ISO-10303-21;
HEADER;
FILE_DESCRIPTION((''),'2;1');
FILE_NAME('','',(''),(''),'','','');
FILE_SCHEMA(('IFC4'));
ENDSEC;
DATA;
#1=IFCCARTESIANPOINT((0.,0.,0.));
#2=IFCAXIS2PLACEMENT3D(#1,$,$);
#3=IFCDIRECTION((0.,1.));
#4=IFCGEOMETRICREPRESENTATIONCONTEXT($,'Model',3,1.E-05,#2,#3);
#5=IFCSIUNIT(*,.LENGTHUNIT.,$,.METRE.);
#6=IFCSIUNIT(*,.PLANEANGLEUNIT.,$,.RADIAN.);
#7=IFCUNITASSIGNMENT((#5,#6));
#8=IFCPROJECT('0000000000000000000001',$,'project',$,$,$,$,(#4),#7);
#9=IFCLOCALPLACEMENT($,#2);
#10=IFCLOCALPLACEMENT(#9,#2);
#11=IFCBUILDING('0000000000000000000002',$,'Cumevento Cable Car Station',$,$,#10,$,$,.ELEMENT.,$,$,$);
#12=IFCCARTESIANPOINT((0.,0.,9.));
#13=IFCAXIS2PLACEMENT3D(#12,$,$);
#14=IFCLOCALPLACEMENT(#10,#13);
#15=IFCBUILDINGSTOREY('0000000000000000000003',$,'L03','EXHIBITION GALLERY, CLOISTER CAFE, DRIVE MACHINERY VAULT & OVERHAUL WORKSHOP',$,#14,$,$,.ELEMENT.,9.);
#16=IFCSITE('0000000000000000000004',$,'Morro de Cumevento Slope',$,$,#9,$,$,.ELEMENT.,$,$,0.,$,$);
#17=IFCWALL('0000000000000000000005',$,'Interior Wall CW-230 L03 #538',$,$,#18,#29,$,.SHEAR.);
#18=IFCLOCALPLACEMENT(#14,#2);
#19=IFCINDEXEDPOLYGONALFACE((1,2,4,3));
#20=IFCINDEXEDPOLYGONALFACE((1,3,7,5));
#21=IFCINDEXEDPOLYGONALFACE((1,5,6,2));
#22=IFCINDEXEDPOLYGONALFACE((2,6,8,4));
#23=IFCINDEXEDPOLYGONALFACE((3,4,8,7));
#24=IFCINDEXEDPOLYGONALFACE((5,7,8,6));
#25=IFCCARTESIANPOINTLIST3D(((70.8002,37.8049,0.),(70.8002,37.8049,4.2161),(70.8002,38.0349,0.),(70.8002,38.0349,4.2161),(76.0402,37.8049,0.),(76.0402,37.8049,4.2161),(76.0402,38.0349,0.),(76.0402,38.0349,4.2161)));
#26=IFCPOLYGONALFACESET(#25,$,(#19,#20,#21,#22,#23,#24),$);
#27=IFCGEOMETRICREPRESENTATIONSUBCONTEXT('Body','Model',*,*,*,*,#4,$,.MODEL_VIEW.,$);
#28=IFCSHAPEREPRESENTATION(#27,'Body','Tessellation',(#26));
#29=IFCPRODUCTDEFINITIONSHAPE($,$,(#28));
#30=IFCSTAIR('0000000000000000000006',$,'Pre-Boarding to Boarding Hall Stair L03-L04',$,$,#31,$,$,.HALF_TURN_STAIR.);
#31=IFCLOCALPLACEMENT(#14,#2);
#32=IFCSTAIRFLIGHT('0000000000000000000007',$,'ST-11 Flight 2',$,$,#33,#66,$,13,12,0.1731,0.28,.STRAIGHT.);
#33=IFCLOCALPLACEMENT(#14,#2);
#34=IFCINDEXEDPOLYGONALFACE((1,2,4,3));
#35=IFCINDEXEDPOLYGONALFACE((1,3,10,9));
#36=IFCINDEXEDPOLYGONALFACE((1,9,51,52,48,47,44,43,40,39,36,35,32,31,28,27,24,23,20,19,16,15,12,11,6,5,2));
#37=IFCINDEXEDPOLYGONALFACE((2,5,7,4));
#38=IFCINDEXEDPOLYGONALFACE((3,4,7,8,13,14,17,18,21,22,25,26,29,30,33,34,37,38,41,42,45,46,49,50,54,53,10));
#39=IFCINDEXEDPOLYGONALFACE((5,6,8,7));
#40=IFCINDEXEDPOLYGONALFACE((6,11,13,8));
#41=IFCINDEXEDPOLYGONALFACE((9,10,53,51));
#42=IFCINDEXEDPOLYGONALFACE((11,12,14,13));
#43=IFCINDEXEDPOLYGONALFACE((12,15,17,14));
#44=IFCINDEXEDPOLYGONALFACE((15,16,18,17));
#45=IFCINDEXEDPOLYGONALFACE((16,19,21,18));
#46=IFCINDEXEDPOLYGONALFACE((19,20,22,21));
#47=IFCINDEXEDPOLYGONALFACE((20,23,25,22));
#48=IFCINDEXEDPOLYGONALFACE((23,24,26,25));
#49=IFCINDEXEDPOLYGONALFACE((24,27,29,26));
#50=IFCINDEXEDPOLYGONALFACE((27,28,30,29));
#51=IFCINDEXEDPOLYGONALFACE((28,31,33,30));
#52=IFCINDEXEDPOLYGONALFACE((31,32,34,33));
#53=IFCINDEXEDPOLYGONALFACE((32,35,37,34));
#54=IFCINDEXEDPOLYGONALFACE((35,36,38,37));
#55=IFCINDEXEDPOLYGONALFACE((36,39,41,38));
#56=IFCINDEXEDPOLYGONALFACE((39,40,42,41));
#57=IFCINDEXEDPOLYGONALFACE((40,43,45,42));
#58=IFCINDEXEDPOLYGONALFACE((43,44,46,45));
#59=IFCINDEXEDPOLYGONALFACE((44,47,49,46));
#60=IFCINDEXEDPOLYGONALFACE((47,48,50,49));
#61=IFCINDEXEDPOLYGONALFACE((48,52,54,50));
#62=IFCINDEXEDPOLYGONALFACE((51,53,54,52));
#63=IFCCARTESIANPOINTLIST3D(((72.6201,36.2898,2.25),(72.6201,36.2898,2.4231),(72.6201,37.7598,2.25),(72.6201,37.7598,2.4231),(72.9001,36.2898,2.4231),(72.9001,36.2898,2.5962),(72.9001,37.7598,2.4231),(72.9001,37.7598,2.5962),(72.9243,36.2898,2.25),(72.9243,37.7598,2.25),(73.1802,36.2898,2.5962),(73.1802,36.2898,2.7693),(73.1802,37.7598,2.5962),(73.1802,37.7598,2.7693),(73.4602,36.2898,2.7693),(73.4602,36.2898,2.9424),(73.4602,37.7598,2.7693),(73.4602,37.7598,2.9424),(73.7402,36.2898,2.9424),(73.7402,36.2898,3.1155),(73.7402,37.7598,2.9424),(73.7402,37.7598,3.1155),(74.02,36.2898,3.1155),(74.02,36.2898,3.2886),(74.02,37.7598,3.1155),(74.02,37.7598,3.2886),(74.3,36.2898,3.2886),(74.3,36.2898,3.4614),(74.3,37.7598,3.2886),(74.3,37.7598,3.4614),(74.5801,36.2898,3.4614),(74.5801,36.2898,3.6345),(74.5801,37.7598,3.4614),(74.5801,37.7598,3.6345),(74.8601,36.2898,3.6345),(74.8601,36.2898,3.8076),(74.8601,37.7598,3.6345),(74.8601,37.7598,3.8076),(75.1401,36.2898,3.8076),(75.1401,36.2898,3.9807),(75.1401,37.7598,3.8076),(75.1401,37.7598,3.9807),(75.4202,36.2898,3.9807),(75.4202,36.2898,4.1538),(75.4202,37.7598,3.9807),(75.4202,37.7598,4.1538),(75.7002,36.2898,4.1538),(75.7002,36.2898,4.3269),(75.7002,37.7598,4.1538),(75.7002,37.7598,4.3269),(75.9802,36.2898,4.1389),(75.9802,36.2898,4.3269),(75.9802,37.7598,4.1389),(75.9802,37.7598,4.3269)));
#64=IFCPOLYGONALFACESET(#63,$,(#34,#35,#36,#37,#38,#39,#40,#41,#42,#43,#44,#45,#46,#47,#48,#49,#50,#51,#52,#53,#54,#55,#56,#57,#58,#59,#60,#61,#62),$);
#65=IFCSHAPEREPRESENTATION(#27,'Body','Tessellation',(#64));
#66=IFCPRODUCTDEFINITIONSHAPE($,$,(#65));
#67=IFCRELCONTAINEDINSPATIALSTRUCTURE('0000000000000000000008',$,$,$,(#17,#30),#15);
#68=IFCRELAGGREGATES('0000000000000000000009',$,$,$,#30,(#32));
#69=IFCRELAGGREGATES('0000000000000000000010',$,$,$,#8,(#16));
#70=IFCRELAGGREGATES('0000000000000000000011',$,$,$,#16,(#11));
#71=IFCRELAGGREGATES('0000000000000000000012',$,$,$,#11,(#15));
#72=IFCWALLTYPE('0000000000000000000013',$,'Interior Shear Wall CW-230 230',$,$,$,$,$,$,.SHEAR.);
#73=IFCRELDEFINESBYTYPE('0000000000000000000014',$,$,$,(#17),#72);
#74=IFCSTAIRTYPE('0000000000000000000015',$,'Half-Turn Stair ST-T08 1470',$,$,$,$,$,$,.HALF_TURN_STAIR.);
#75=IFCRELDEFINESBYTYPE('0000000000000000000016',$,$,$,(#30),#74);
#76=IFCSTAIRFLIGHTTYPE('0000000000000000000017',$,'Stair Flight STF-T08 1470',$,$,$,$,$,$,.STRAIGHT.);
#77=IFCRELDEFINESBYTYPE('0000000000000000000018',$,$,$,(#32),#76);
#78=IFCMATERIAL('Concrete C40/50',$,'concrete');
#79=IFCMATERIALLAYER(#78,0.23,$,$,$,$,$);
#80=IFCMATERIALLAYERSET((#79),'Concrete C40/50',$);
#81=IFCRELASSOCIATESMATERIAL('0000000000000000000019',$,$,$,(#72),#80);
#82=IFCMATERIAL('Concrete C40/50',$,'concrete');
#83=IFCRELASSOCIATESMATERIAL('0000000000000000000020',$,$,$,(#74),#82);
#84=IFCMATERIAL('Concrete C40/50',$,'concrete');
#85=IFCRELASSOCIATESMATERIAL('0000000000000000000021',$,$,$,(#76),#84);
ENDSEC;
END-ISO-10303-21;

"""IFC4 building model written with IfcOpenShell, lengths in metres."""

from ifc_helpers import new_model, si_unit, direction, frame, frame_2d, origin, place, context, subcontext, project, spatial, polyline, rectangle, outline, extrude, material, layer, layer_set, type_object, element, aggregate, save


model = new_model("IFC4")

# Units and contexts
model_context = context("Model", 3, precision=1e-05, world=origin(), true_north=direction((0.0, 1.0)))
body_context = subcontext(model_context, "Body", "Model", "MODEL_VIEW")
ifc_project = project(units=[si_unit("LENGTHUNIT", "METRE"), si_unit("PLANEANGLEUNIT", "RADIAN")], contexts=[model_context])

# Site, building, storey
site_placement = place(None, origin())
site = spatial("IfcSite", under=ifc_project, at=site_placement, Name="Morro de Cumevento Slope", CompositionType="ELEMENT", RefElevation=0.0)
building_placement = place(site_placement, origin())
building = spatial("IfcBuilding", under=site, at=building_placement, Name="Cumevento Cable Car Station", CompositionType="ELEMENT")
storey_placement = place(building_placement, frame((0.0, 0.0, 9.0)))
storey = spatial("IfcBuildingStorey", under=building, at=storey_placement, Name="L03", Description="EXHIBITION GALLERY, CLOISTER CAFE, DRIVE MACHINERY VAULT & OVERHAUL WORKSHOP", CompositionType="ELEMENT", Elevation=9.0)

# Wall
ifc_material_1 = material(Name="Concrete C40/50", Category="concrete")
ifc_layer_1 = layer(ifc_material_1, 0.23)
ifc_layer_set_1 = layer_set([ifc_layer_1], Name="Concrete C40/50")
wall_type_1 = type_object("IfcWallType", Name="Interior Shear Wall CW-230 230", PredefinedType="SHEAR", material=ifc_layer_set_1)
wall_1_placement = place(storey_placement, frame((70.8, 37.9199, 0.0), z_axis=(0.0, 0.0, 1.0), x_axis=(1.0, 0.0, 0.0)))
element("IfcWall", 1, at=wall_1_placement, inside=storey, type_object=wall_type_1, Name="Interior Wall CW-230 L03 #538", PredefinedType="SHEAR", context=body_context, shape_type="SweptSolid", body=[
    extrude(rectangle(XDim=5.24, YDim=0.23, at=frame_2d((2.6201, 0.0))), origin(), (0.0, 0.0, 1.0), 4.2161),
])

# Stair, stair flight
ifc_material_2 = material(Name="Concrete C40/50", Category="concrete")
stair_type = type_object("IfcStairType", Name="Half-Turn Stair ST-T08 1470", PredefinedType="HALF_TURN_STAIR", material=ifc_material_2)
stair_placement = place(storey_placement, origin())
stair = element("IfcStair", 2, at=stair_placement, inside=storey, type_object=stair_type, Name="Pre-Boarding to Boarding Hall Stair L03-L04", PredefinedType="HALF_TURN_STAIR")
ifc_material_3 = material(Name="Concrete C40/50", Category="concrete")
stair_flight_type = type_object("IfcStairFlightType", Name="Stair Flight STF-T08 1470", PredefinedType="STRAIGHT", material=ifc_material_3)
stair_flight_placement = place(storey_placement, frame((72.6201, 37.0249, 2.25), z_axis=(0.0, 0.0, 1.0), x_axis=(1.0, 0.0, 0.0)))
stair_flight = element("IfcStairFlight", 3, at=stair_flight_placement, type_object=stair_flight_type, Name="ST-11 Flight 2", NumberOfRisers=13, NumberOfTreads=12, PredefinedType="STRAIGHT", RiserHeight=0.1731, TreadLength=0.28, context=body_context, shape_type="SweptSolid", body=[
    extrude(outline(polyline([(0.0, 0.0), (0.0, 0.1731), (0.28, 0.1731), (0.28, 0.3462), (0.5601, 0.3462), (0.5601, 0.5193), (0.8401, 0.5193), (0.8401, 0.6924), (1.1201, 0.6924), (1.1201, 0.8655), (1.3999, 0.8655), (1.3999, 1.0386), (1.6799, 1.0386), (1.6799, 1.2114), (1.96, 1.2114), (1.96, 1.3845), (2.24, 1.3845), (2.24, 1.5576), (2.52, 1.5576), (2.52, 1.7307), (2.8, 1.7307), (2.8, 1.9038), (3.0801, 1.9038), (3.0801, 2.0769), (3.3601, 2.0769), (3.3601, 2.25), (3.3601, 1.8889), (0.3042, 0.0), (0.0, 0.0)])), frame((0.0, 0.7349, 0.0), z_axis=(0.0, -1.0, 0.0), x_axis=(1.0, 0.0, 0.0)), (0.0, 0.0, 1.0), 1.47),
])
aggregate(stair, [stair_flight])

save(model, "model.ifc")
